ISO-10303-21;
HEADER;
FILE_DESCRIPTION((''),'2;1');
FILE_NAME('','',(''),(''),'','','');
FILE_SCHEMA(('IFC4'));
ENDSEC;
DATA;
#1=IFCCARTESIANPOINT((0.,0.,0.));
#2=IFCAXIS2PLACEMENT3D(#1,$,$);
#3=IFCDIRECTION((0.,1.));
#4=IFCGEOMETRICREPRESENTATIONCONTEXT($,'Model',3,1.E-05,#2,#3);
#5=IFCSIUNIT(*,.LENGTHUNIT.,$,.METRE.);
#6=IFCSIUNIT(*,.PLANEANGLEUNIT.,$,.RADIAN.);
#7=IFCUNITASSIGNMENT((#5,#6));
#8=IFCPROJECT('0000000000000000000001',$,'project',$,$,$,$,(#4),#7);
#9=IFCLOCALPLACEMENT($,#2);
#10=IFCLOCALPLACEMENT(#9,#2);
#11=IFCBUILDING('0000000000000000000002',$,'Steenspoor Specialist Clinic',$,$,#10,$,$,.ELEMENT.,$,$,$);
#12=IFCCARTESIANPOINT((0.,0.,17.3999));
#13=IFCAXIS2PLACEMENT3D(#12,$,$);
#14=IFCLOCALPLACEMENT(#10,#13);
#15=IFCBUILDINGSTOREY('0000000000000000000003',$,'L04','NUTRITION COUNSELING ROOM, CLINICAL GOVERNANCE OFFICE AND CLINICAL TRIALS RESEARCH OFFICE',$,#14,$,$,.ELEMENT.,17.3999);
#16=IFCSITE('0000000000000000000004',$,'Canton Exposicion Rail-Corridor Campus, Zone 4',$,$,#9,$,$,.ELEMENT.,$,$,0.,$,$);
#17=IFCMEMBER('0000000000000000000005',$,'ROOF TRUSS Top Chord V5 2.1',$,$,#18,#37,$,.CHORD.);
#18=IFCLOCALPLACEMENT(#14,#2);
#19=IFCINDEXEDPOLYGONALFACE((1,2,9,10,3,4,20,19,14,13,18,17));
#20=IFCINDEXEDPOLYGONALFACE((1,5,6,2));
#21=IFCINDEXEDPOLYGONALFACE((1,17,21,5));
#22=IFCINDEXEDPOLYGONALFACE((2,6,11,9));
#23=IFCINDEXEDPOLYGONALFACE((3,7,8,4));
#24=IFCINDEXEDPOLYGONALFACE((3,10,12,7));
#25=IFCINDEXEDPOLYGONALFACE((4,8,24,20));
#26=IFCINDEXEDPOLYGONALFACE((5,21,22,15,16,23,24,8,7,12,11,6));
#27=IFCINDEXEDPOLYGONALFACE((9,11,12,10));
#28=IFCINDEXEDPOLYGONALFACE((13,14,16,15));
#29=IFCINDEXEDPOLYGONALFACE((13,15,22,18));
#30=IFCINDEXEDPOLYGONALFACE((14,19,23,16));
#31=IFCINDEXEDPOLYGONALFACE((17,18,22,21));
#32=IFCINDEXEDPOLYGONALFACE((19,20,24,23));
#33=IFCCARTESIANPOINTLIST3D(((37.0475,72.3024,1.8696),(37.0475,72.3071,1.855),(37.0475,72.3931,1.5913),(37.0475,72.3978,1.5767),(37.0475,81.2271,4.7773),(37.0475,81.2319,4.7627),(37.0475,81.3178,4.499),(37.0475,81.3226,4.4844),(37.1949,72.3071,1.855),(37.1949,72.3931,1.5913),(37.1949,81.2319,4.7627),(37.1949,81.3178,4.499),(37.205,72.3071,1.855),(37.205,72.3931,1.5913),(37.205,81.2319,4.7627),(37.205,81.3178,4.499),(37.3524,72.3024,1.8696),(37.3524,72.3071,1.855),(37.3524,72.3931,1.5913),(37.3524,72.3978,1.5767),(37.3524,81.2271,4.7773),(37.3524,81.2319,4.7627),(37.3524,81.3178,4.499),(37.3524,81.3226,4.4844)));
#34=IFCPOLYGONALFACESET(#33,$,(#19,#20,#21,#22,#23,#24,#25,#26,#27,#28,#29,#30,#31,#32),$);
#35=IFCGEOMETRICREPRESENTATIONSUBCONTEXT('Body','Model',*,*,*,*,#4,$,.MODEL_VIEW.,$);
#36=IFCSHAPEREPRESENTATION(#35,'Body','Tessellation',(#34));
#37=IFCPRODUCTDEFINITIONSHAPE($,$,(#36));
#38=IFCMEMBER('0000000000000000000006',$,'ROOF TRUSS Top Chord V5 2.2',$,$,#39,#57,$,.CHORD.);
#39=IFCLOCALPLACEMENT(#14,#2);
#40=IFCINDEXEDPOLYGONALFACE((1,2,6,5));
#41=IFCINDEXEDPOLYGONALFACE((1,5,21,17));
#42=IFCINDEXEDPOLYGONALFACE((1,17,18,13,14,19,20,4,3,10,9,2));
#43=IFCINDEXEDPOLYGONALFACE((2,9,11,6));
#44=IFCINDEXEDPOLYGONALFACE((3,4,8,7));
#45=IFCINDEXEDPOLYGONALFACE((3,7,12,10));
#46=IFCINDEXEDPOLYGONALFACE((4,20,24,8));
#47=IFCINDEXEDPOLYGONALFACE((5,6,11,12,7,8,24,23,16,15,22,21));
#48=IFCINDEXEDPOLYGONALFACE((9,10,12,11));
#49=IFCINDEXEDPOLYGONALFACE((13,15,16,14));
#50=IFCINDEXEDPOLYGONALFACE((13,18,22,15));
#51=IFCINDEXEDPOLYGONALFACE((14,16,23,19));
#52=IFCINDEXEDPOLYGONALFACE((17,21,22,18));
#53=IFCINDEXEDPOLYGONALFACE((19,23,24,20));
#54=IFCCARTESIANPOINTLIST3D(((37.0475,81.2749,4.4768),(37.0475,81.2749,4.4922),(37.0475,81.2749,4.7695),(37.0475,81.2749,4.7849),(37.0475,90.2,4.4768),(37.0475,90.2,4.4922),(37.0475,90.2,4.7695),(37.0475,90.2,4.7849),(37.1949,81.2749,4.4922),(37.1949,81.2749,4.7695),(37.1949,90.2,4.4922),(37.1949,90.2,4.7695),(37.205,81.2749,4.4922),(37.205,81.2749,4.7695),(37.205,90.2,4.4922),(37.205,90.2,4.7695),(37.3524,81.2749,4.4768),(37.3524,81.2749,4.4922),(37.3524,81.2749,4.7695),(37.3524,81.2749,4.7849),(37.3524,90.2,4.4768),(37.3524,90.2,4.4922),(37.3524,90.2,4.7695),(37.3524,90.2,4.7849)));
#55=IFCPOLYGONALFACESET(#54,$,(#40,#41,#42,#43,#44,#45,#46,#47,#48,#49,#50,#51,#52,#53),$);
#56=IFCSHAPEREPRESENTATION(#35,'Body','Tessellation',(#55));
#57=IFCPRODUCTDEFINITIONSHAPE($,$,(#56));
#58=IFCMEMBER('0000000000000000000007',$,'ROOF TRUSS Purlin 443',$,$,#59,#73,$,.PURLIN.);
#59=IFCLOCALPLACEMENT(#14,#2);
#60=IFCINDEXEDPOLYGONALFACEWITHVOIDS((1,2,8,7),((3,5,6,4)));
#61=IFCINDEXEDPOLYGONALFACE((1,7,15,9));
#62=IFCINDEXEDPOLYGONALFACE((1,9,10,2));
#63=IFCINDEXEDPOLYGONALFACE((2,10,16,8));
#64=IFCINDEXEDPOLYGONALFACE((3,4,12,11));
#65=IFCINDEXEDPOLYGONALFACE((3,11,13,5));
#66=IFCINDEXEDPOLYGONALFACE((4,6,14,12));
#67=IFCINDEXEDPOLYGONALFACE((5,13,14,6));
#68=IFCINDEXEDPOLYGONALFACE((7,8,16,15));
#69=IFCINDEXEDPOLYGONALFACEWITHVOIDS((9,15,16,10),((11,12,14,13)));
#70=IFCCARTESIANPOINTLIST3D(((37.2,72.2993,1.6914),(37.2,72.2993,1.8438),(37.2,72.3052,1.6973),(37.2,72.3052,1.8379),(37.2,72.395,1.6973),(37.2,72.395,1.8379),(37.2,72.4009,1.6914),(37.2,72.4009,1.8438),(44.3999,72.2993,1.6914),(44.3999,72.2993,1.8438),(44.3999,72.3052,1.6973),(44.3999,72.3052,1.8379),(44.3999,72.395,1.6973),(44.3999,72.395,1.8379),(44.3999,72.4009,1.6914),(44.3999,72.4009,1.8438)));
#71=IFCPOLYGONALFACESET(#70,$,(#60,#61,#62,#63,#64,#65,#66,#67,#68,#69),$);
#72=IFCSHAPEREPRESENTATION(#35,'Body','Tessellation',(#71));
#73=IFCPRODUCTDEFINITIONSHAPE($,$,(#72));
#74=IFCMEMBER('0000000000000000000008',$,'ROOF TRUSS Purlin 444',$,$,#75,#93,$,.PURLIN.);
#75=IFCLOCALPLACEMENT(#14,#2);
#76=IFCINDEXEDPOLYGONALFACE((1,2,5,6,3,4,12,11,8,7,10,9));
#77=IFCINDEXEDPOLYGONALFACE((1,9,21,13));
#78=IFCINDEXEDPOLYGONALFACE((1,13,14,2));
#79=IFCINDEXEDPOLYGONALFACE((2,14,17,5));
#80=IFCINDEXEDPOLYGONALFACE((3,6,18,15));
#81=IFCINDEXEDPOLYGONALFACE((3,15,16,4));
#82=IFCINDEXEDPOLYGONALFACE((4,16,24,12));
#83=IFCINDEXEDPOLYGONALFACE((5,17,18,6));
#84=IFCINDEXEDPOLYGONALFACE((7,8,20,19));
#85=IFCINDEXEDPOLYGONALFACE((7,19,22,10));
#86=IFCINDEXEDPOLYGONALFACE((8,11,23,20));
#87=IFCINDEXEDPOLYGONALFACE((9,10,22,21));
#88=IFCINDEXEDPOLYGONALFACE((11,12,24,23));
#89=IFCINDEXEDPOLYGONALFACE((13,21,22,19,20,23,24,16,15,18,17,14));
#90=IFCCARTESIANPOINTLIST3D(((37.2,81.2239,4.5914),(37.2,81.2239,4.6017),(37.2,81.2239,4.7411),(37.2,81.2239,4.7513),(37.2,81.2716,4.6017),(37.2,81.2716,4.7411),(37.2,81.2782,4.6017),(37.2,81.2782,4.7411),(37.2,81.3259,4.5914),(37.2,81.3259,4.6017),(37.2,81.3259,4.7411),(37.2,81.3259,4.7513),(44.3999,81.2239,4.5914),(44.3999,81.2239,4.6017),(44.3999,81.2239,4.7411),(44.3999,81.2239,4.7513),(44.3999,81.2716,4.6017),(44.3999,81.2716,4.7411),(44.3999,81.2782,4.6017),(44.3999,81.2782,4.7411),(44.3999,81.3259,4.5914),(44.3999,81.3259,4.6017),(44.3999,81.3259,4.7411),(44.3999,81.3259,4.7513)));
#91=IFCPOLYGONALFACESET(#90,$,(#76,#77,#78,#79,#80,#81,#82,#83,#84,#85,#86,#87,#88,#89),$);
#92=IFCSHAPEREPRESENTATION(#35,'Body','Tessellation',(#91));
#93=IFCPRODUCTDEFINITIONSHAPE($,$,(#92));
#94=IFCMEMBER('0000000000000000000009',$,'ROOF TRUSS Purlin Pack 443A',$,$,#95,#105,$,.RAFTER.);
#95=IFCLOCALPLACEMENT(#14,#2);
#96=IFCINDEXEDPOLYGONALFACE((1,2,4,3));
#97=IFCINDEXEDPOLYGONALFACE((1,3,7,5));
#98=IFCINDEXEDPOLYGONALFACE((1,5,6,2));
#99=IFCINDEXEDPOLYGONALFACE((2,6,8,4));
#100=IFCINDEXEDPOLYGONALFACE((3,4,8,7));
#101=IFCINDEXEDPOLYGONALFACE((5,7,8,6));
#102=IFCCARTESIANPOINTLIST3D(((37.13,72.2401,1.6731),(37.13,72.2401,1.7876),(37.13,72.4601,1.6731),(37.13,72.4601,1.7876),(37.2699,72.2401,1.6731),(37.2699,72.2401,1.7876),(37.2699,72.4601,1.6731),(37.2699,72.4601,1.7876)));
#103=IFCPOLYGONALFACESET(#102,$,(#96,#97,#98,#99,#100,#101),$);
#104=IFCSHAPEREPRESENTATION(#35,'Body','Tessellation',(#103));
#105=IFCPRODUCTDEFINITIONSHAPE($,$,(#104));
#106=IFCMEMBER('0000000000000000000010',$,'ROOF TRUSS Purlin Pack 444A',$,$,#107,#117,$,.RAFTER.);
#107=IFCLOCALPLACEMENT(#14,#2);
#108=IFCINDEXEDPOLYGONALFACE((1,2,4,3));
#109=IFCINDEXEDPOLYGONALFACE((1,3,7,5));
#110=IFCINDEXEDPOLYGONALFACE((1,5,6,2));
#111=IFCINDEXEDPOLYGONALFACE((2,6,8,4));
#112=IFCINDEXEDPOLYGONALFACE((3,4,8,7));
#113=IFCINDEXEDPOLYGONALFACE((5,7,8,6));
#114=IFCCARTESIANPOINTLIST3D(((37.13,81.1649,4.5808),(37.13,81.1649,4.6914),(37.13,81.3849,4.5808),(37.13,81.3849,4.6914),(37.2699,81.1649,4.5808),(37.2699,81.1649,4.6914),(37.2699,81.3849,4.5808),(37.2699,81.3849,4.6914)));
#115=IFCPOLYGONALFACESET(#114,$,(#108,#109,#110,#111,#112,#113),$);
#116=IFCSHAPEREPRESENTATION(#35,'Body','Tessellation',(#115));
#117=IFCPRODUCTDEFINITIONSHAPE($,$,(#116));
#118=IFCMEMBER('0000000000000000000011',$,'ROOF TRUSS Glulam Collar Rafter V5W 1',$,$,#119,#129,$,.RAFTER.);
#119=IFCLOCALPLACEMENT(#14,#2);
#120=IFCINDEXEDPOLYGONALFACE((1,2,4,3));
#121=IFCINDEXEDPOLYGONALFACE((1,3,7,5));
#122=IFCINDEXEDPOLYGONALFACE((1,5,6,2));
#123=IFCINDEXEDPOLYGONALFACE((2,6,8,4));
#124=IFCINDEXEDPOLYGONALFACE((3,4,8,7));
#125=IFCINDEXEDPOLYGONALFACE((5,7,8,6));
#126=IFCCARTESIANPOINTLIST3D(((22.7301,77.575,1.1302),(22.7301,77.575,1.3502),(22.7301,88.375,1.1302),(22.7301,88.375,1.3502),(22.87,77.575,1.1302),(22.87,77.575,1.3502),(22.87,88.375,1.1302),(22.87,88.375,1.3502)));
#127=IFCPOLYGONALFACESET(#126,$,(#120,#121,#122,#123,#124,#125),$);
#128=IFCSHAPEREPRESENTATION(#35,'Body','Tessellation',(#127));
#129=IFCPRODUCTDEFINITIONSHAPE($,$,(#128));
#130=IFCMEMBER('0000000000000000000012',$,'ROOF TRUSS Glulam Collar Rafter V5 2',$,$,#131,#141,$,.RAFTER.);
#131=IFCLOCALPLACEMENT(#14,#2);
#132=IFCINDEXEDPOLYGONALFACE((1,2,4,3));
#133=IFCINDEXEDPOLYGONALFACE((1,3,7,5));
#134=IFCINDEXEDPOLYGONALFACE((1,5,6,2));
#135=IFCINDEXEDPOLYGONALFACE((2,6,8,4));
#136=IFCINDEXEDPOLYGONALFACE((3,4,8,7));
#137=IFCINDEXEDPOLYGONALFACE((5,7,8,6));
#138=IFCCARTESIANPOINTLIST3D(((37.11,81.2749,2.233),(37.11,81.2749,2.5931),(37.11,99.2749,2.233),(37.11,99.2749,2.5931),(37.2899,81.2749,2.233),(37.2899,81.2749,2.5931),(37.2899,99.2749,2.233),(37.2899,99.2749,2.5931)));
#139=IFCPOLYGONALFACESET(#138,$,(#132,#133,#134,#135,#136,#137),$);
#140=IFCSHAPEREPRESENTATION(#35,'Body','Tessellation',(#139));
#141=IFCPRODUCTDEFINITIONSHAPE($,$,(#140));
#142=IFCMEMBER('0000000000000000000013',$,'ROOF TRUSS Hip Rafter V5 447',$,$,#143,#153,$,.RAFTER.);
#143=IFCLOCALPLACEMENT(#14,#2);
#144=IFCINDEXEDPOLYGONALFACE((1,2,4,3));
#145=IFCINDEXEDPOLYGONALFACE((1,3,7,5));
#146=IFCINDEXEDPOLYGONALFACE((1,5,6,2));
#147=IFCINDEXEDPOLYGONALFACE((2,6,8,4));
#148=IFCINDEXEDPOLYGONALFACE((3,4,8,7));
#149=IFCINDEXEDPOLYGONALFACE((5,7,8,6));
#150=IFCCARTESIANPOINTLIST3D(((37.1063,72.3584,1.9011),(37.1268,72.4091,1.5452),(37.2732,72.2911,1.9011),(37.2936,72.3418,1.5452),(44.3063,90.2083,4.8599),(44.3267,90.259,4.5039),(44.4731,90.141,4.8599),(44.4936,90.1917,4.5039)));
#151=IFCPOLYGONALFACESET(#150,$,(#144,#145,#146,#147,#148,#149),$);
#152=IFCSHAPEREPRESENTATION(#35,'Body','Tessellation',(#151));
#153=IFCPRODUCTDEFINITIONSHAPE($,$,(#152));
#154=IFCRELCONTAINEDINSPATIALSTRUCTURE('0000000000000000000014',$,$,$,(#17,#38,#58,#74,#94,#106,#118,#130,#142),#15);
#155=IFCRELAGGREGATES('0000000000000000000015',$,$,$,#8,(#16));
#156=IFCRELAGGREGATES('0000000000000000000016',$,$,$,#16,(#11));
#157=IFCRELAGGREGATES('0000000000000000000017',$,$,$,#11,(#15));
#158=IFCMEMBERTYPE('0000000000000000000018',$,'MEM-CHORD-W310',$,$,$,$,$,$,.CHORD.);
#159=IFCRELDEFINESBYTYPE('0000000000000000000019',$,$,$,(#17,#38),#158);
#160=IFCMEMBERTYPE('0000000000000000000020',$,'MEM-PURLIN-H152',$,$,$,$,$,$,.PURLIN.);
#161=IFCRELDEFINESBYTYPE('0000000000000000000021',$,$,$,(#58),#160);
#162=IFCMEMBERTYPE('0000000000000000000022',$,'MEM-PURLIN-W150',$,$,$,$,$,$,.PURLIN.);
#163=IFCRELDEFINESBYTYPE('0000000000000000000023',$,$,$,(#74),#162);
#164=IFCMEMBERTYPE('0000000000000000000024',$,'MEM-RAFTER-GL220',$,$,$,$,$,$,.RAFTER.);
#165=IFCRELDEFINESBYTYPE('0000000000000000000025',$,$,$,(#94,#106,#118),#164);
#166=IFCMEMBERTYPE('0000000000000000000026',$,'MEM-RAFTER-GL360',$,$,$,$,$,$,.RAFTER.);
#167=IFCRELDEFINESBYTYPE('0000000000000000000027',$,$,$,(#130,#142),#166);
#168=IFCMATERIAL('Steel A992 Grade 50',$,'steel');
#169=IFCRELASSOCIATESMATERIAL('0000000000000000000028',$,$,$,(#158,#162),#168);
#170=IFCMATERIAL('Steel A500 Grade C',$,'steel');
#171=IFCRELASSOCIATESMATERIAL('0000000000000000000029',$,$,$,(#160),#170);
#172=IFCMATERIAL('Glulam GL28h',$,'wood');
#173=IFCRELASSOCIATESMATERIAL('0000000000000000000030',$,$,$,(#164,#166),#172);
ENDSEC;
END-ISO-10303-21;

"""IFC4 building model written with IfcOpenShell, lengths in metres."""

from ifc_helpers import new_model, si_unit, direction, frame, origin, origin_2d, place, context, subcontext, project, spatial, rectangle, hollow_rectangle, i_section, extrude, material, material_profile, profile_set, type_object, element, save


model = new_model("IFC4")

# Units and contexts
model_context = context("Model", 3, precision=1e-05, world=origin(), true_north=direction((0.0, 1.0)))
body_context = subcontext(model_context, "Body", "Model", "MODEL_VIEW")
ifc_project = project(units=[si_unit("LENGTHUNIT", "METRE"), si_unit("PLANEANGLEUNIT", "RADIAN")], contexts=[model_context])

# Site, building, storey
site_placement = place(None, origin())
site = spatial("IfcSite", under=ifc_project, at=site_placement, Name="Canton Exposicion Rail-Corridor Campus, Zone 4", CompositionType="ELEMENT", RefElevation=0.0)
building_placement = place(site_placement, origin())
building = spatial("IfcBuilding", under=site, at=building_placement, Name="Steenspoor Specialist Clinic", CompositionType="ELEMENT")
storey_placement = place(building_placement, frame((0.0, 0.0, 17.3999)))
storey = spatial("IfcBuildingStorey", under=building, at=storey_placement, Name="L04", Description="NUTRITION COUNSELING ROOM, CLINICAL GOVERNANCE OFFICE AND CLINICAL TRIALS RESEARCH OFFICE", CompositionType="ELEMENT", Elevation=17.3999)

# Shared definitions
ifc_material_1 = material(Name="Steel A992 Grade 50", Category="steel")

# Members
ifc_material_2 = material(Name="Steel A500 Grade C", Category="steel")
ifc_material_profile_1 = material_profile(ifc_material_1, i_section(OverallWidth=0.3049, OverallDepth=0.3081, WebThickness=0.01, FlangeThickness=0.0154, at=origin_2d()), Name="W310X97")
ifc_profile_set_1 = profile_set([ifc_material_profile_1], Name="Steel A992 Grade 50")
member_type_1 = type_object("IfcMemberType", Name="MEM-CHORD-W310", PredefinedType="CHORD", material=ifc_profile_set_1)
member_1_placement = place(storey_placement, frame((37.2, 72.3501, 1.7231), z_axis=(0.0, 0.95081, 0.309775), x_axis=(-1.0, 0.0, 0.0)))
element("IfcMember", 1, at=member_1_placement, inside=storey, type_object=member_type_1, Name="ROOF TRUSS Top Chord V5 2.1", PredefinedType="CHORD", context=body_context, shape_type="SweptSolid", body=[
    extrude(i_section(OverallWidth=0.3049, OverallDepth=0.3081, WebThickness=0.01, FlangeThickness=0.0154, at=origin_2d()), origin(), (0.0, 0.0, 1.0), 9.3865),
])
member_2_placement = place(storey_placement, frame((37.2, 81.2749, 4.6309), z_axis=(0.0, 1.0, 0.0), x_axis=(-1.0, 0.0, 0.0)))
element("IfcMember", 2, at=member_2_placement, inside=storey, type_object=member_type_1, Name="ROOF TRUSS Top Chord V5 2.2", PredefinedType="CHORD", context=body_context, shape_type="SweptSolid", body=[
    extrude(i_section(OverallWidth=0.3049, OverallDepth=0.3081, WebThickness=0.01, FlangeThickness=0.0154, at=origin_2d()), origin(), (0.0, 0.0, 1.0), 8.925),
])
ifc_material_profile_2 = material_profile(ifc_material_2, hollow_rectangle(XDim=0.1016, YDim=0.1523, WallThickness=0.0059, at=origin_2d()), Name="HSS152X102X6.4")
ifc_profile_set_2 = profile_set([ifc_material_profile_2], Name="Steel A500 Grade C")
member_type_2 = type_object("IfcMemberType", Name="MEM-PURLIN-H152", PredefinedType="PURLIN", material=ifc_profile_set_2)
member_3_placement = place(storey_placement, frame((37.2, 72.3501, 1.7676), z_axis=(1.0, 0.0, 0.0), x_axis=(0.0, 1.0, 0.0)))
element("IfcMember", 3, at=member_3_placement, inside=storey, type_object=member_type_2, Name="ROOF TRUSS Purlin 443", PredefinedType="PURLIN", context=body_context, shape_type="SweptSolid", body=[
    extrude(hollow_rectangle(XDim=0.1016, YDim=0.1523, WallThickness=0.0059, at=origin_2d()), origin(), (0.0, 0.0, 1.0), 7.2),
])
ifc_material_profile_3 = material_profile(ifc_material_1, i_section(OverallWidth=0.1021, OverallDepth=0.1599, WebThickness=0.0066, FlangeThickness=0.0103, at=origin_2d()), Name="W150X24")
ifc_profile_set_3 = profile_set([ifc_material_profile_3], Name="Steel A992 Grade 50")
member_type_3 = type_object("IfcMemberType", Name="MEM-PURLIN-W150", PredefinedType="PURLIN", material=ifc_profile_set_3)
member_4_placement = place(storey_placement, frame((37.2, 81.2749, 4.6714), z_axis=(1.0, 0.0, 0.0), x_axis=(0.0, 1.0, 0.0)))
element("IfcMember", 4, at=member_4_placement, inside=storey, type_object=member_type_3, Name="ROOF TRUSS Purlin 444", PredefinedType="PURLIN", context=body_context, shape_type="SweptSolid", body=[
    extrude(i_section(OverallWidth=0.1021, OverallDepth=0.1599, WebThickness=0.0066, FlangeThickness=0.0103, at=origin_2d()), origin(), (0.0, 0.0, 1.0), 7.2),
])
ifc_material_3 = material(Name="Glulam GL28h", Category="wood")
ifc_material_profile_4 = material_profile(ifc_material_3, rectangle(XDim=0.1399, YDim=0.22, at=origin_2d()), Name="GL28H-140X220")
ifc_profile_set_4 = profile_set([ifc_material_profile_4], Name="Glulam GL28h")
member_type_4 = type_object("IfcMemberType", Name="MEM-RAFTER-GL220", PredefinedType="RAFTER", material=ifc_profile_set_4)
member_5_placement = place(storey_placement, frame((37.2, 72.3501, 1.6731), z_axis=(0.0, 0.0, 1.0), x_axis=(1.0, 0.0, 0.0)))
element("IfcMember", 5, at=member_5_placement, inside=storey, type_object=member_type_4, Name="ROOF TRUSS Purlin Pack 443A", PredefinedType="RAFTER", context=body_context, shape_type="SweptSolid", body=[
    extrude(rectangle(XDim=0.1399, YDim=0.22, at=origin_2d()), origin(), (0.0, 0.0, 1.0), 0.1145),
])
member_6_placement = place(storey_placement, frame((37.2, 81.2749, 4.5808), z_axis=(0.0, 0.0, 1.0), x_axis=(1.0, 0.0, 0.0)))
element("IfcMember", 6, at=member_6_placement, inside=storey, type_object=member_type_4, Name="ROOF TRUSS Purlin Pack 444A", PredefinedType="RAFTER", context=body_context, shape_type="SweptSolid", body=[
    extrude(rectangle(XDim=0.1399, YDim=0.22, at=origin_2d()), origin(), (0.0, 0.0, 1.0), 0.1106),
])
member_7_placement = place(storey_placement, frame((22.8, 77.575, 1.2402), z_axis=(0.0, 1.0, 0.0), x_axis=(-1.0, 0.0, 0.0)))
element("IfcMember", 7, at=member_7_placement, inside=storey, type_object=member_type_4, Name="ROOF TRUSS Glulam Collar Rafter V5W 1", PredefinedType="RAFTER", context=body_context, shape_type="SweptSolid", body=[
    extrude(rectangle(XDim=0.1399, YDim=0.22, at=origin_2d()), origin(), (0.0, 0.0, 1.0), 10.8),
])
ifc_material_profile_5 = material_profile(ifc_material_3, rectangle(XDim=0.1799, YDim=0.3601, at=origin_2d()), Name="GL28H-180X360")
ifc_profile_set_5 = profile_set([ifc_material_profile_5], Name="Glulam GL28h")
member_type_5 = type_object("IfcMemberType", Name="MEM-RAFTER-GL360", PredefinedType="RAFTER", material=ifc_profile_set_5)
member_8_placement = place(storey_placement, frame((37.2, 81.2749, 2.4131), z_axis=(0.0, 1.0, 0.0), x_axis=(-1.0, 0.0, 0.0)))
element("IfcMember", 8, at=member_8_placement, inside=storey, type_object=member_type_5, Name="ROOF TRUSS Glulam Collar Rafter V5 2", PredefinedType="RAFTER", context=body_context, shape_type="SweptSolid", body=[
    extrude(rectangle(XDim=0.1799, YDim=0.3601, at=origin_2d()), origin(), (0.0, 0.0, 1.0), 18.0),
])
member_9_placement = place(storey_placement, frame((37.2, 72.3501, 1.7231), z_axis=(0.369734, 0.916631, 0.151938), x_axis=(-0.927398, 0.374077, 0.0)))
element("IfcMember", 9, at=member_9_placement, inside=storey, type_object=member_type_5, Name="ROOF TRUSS Hip Rafter V5 447", PredefinedType="RAFTER", context=body_context, shape_type="SweptSolid", body=[
    extrude(rectangle(XDim=0.1799, YDim=0.3601, at=origin_2d()), origin(), (0.0, 0.0, 1.0), 19.4734),
])

save(model, "model.ifc")
